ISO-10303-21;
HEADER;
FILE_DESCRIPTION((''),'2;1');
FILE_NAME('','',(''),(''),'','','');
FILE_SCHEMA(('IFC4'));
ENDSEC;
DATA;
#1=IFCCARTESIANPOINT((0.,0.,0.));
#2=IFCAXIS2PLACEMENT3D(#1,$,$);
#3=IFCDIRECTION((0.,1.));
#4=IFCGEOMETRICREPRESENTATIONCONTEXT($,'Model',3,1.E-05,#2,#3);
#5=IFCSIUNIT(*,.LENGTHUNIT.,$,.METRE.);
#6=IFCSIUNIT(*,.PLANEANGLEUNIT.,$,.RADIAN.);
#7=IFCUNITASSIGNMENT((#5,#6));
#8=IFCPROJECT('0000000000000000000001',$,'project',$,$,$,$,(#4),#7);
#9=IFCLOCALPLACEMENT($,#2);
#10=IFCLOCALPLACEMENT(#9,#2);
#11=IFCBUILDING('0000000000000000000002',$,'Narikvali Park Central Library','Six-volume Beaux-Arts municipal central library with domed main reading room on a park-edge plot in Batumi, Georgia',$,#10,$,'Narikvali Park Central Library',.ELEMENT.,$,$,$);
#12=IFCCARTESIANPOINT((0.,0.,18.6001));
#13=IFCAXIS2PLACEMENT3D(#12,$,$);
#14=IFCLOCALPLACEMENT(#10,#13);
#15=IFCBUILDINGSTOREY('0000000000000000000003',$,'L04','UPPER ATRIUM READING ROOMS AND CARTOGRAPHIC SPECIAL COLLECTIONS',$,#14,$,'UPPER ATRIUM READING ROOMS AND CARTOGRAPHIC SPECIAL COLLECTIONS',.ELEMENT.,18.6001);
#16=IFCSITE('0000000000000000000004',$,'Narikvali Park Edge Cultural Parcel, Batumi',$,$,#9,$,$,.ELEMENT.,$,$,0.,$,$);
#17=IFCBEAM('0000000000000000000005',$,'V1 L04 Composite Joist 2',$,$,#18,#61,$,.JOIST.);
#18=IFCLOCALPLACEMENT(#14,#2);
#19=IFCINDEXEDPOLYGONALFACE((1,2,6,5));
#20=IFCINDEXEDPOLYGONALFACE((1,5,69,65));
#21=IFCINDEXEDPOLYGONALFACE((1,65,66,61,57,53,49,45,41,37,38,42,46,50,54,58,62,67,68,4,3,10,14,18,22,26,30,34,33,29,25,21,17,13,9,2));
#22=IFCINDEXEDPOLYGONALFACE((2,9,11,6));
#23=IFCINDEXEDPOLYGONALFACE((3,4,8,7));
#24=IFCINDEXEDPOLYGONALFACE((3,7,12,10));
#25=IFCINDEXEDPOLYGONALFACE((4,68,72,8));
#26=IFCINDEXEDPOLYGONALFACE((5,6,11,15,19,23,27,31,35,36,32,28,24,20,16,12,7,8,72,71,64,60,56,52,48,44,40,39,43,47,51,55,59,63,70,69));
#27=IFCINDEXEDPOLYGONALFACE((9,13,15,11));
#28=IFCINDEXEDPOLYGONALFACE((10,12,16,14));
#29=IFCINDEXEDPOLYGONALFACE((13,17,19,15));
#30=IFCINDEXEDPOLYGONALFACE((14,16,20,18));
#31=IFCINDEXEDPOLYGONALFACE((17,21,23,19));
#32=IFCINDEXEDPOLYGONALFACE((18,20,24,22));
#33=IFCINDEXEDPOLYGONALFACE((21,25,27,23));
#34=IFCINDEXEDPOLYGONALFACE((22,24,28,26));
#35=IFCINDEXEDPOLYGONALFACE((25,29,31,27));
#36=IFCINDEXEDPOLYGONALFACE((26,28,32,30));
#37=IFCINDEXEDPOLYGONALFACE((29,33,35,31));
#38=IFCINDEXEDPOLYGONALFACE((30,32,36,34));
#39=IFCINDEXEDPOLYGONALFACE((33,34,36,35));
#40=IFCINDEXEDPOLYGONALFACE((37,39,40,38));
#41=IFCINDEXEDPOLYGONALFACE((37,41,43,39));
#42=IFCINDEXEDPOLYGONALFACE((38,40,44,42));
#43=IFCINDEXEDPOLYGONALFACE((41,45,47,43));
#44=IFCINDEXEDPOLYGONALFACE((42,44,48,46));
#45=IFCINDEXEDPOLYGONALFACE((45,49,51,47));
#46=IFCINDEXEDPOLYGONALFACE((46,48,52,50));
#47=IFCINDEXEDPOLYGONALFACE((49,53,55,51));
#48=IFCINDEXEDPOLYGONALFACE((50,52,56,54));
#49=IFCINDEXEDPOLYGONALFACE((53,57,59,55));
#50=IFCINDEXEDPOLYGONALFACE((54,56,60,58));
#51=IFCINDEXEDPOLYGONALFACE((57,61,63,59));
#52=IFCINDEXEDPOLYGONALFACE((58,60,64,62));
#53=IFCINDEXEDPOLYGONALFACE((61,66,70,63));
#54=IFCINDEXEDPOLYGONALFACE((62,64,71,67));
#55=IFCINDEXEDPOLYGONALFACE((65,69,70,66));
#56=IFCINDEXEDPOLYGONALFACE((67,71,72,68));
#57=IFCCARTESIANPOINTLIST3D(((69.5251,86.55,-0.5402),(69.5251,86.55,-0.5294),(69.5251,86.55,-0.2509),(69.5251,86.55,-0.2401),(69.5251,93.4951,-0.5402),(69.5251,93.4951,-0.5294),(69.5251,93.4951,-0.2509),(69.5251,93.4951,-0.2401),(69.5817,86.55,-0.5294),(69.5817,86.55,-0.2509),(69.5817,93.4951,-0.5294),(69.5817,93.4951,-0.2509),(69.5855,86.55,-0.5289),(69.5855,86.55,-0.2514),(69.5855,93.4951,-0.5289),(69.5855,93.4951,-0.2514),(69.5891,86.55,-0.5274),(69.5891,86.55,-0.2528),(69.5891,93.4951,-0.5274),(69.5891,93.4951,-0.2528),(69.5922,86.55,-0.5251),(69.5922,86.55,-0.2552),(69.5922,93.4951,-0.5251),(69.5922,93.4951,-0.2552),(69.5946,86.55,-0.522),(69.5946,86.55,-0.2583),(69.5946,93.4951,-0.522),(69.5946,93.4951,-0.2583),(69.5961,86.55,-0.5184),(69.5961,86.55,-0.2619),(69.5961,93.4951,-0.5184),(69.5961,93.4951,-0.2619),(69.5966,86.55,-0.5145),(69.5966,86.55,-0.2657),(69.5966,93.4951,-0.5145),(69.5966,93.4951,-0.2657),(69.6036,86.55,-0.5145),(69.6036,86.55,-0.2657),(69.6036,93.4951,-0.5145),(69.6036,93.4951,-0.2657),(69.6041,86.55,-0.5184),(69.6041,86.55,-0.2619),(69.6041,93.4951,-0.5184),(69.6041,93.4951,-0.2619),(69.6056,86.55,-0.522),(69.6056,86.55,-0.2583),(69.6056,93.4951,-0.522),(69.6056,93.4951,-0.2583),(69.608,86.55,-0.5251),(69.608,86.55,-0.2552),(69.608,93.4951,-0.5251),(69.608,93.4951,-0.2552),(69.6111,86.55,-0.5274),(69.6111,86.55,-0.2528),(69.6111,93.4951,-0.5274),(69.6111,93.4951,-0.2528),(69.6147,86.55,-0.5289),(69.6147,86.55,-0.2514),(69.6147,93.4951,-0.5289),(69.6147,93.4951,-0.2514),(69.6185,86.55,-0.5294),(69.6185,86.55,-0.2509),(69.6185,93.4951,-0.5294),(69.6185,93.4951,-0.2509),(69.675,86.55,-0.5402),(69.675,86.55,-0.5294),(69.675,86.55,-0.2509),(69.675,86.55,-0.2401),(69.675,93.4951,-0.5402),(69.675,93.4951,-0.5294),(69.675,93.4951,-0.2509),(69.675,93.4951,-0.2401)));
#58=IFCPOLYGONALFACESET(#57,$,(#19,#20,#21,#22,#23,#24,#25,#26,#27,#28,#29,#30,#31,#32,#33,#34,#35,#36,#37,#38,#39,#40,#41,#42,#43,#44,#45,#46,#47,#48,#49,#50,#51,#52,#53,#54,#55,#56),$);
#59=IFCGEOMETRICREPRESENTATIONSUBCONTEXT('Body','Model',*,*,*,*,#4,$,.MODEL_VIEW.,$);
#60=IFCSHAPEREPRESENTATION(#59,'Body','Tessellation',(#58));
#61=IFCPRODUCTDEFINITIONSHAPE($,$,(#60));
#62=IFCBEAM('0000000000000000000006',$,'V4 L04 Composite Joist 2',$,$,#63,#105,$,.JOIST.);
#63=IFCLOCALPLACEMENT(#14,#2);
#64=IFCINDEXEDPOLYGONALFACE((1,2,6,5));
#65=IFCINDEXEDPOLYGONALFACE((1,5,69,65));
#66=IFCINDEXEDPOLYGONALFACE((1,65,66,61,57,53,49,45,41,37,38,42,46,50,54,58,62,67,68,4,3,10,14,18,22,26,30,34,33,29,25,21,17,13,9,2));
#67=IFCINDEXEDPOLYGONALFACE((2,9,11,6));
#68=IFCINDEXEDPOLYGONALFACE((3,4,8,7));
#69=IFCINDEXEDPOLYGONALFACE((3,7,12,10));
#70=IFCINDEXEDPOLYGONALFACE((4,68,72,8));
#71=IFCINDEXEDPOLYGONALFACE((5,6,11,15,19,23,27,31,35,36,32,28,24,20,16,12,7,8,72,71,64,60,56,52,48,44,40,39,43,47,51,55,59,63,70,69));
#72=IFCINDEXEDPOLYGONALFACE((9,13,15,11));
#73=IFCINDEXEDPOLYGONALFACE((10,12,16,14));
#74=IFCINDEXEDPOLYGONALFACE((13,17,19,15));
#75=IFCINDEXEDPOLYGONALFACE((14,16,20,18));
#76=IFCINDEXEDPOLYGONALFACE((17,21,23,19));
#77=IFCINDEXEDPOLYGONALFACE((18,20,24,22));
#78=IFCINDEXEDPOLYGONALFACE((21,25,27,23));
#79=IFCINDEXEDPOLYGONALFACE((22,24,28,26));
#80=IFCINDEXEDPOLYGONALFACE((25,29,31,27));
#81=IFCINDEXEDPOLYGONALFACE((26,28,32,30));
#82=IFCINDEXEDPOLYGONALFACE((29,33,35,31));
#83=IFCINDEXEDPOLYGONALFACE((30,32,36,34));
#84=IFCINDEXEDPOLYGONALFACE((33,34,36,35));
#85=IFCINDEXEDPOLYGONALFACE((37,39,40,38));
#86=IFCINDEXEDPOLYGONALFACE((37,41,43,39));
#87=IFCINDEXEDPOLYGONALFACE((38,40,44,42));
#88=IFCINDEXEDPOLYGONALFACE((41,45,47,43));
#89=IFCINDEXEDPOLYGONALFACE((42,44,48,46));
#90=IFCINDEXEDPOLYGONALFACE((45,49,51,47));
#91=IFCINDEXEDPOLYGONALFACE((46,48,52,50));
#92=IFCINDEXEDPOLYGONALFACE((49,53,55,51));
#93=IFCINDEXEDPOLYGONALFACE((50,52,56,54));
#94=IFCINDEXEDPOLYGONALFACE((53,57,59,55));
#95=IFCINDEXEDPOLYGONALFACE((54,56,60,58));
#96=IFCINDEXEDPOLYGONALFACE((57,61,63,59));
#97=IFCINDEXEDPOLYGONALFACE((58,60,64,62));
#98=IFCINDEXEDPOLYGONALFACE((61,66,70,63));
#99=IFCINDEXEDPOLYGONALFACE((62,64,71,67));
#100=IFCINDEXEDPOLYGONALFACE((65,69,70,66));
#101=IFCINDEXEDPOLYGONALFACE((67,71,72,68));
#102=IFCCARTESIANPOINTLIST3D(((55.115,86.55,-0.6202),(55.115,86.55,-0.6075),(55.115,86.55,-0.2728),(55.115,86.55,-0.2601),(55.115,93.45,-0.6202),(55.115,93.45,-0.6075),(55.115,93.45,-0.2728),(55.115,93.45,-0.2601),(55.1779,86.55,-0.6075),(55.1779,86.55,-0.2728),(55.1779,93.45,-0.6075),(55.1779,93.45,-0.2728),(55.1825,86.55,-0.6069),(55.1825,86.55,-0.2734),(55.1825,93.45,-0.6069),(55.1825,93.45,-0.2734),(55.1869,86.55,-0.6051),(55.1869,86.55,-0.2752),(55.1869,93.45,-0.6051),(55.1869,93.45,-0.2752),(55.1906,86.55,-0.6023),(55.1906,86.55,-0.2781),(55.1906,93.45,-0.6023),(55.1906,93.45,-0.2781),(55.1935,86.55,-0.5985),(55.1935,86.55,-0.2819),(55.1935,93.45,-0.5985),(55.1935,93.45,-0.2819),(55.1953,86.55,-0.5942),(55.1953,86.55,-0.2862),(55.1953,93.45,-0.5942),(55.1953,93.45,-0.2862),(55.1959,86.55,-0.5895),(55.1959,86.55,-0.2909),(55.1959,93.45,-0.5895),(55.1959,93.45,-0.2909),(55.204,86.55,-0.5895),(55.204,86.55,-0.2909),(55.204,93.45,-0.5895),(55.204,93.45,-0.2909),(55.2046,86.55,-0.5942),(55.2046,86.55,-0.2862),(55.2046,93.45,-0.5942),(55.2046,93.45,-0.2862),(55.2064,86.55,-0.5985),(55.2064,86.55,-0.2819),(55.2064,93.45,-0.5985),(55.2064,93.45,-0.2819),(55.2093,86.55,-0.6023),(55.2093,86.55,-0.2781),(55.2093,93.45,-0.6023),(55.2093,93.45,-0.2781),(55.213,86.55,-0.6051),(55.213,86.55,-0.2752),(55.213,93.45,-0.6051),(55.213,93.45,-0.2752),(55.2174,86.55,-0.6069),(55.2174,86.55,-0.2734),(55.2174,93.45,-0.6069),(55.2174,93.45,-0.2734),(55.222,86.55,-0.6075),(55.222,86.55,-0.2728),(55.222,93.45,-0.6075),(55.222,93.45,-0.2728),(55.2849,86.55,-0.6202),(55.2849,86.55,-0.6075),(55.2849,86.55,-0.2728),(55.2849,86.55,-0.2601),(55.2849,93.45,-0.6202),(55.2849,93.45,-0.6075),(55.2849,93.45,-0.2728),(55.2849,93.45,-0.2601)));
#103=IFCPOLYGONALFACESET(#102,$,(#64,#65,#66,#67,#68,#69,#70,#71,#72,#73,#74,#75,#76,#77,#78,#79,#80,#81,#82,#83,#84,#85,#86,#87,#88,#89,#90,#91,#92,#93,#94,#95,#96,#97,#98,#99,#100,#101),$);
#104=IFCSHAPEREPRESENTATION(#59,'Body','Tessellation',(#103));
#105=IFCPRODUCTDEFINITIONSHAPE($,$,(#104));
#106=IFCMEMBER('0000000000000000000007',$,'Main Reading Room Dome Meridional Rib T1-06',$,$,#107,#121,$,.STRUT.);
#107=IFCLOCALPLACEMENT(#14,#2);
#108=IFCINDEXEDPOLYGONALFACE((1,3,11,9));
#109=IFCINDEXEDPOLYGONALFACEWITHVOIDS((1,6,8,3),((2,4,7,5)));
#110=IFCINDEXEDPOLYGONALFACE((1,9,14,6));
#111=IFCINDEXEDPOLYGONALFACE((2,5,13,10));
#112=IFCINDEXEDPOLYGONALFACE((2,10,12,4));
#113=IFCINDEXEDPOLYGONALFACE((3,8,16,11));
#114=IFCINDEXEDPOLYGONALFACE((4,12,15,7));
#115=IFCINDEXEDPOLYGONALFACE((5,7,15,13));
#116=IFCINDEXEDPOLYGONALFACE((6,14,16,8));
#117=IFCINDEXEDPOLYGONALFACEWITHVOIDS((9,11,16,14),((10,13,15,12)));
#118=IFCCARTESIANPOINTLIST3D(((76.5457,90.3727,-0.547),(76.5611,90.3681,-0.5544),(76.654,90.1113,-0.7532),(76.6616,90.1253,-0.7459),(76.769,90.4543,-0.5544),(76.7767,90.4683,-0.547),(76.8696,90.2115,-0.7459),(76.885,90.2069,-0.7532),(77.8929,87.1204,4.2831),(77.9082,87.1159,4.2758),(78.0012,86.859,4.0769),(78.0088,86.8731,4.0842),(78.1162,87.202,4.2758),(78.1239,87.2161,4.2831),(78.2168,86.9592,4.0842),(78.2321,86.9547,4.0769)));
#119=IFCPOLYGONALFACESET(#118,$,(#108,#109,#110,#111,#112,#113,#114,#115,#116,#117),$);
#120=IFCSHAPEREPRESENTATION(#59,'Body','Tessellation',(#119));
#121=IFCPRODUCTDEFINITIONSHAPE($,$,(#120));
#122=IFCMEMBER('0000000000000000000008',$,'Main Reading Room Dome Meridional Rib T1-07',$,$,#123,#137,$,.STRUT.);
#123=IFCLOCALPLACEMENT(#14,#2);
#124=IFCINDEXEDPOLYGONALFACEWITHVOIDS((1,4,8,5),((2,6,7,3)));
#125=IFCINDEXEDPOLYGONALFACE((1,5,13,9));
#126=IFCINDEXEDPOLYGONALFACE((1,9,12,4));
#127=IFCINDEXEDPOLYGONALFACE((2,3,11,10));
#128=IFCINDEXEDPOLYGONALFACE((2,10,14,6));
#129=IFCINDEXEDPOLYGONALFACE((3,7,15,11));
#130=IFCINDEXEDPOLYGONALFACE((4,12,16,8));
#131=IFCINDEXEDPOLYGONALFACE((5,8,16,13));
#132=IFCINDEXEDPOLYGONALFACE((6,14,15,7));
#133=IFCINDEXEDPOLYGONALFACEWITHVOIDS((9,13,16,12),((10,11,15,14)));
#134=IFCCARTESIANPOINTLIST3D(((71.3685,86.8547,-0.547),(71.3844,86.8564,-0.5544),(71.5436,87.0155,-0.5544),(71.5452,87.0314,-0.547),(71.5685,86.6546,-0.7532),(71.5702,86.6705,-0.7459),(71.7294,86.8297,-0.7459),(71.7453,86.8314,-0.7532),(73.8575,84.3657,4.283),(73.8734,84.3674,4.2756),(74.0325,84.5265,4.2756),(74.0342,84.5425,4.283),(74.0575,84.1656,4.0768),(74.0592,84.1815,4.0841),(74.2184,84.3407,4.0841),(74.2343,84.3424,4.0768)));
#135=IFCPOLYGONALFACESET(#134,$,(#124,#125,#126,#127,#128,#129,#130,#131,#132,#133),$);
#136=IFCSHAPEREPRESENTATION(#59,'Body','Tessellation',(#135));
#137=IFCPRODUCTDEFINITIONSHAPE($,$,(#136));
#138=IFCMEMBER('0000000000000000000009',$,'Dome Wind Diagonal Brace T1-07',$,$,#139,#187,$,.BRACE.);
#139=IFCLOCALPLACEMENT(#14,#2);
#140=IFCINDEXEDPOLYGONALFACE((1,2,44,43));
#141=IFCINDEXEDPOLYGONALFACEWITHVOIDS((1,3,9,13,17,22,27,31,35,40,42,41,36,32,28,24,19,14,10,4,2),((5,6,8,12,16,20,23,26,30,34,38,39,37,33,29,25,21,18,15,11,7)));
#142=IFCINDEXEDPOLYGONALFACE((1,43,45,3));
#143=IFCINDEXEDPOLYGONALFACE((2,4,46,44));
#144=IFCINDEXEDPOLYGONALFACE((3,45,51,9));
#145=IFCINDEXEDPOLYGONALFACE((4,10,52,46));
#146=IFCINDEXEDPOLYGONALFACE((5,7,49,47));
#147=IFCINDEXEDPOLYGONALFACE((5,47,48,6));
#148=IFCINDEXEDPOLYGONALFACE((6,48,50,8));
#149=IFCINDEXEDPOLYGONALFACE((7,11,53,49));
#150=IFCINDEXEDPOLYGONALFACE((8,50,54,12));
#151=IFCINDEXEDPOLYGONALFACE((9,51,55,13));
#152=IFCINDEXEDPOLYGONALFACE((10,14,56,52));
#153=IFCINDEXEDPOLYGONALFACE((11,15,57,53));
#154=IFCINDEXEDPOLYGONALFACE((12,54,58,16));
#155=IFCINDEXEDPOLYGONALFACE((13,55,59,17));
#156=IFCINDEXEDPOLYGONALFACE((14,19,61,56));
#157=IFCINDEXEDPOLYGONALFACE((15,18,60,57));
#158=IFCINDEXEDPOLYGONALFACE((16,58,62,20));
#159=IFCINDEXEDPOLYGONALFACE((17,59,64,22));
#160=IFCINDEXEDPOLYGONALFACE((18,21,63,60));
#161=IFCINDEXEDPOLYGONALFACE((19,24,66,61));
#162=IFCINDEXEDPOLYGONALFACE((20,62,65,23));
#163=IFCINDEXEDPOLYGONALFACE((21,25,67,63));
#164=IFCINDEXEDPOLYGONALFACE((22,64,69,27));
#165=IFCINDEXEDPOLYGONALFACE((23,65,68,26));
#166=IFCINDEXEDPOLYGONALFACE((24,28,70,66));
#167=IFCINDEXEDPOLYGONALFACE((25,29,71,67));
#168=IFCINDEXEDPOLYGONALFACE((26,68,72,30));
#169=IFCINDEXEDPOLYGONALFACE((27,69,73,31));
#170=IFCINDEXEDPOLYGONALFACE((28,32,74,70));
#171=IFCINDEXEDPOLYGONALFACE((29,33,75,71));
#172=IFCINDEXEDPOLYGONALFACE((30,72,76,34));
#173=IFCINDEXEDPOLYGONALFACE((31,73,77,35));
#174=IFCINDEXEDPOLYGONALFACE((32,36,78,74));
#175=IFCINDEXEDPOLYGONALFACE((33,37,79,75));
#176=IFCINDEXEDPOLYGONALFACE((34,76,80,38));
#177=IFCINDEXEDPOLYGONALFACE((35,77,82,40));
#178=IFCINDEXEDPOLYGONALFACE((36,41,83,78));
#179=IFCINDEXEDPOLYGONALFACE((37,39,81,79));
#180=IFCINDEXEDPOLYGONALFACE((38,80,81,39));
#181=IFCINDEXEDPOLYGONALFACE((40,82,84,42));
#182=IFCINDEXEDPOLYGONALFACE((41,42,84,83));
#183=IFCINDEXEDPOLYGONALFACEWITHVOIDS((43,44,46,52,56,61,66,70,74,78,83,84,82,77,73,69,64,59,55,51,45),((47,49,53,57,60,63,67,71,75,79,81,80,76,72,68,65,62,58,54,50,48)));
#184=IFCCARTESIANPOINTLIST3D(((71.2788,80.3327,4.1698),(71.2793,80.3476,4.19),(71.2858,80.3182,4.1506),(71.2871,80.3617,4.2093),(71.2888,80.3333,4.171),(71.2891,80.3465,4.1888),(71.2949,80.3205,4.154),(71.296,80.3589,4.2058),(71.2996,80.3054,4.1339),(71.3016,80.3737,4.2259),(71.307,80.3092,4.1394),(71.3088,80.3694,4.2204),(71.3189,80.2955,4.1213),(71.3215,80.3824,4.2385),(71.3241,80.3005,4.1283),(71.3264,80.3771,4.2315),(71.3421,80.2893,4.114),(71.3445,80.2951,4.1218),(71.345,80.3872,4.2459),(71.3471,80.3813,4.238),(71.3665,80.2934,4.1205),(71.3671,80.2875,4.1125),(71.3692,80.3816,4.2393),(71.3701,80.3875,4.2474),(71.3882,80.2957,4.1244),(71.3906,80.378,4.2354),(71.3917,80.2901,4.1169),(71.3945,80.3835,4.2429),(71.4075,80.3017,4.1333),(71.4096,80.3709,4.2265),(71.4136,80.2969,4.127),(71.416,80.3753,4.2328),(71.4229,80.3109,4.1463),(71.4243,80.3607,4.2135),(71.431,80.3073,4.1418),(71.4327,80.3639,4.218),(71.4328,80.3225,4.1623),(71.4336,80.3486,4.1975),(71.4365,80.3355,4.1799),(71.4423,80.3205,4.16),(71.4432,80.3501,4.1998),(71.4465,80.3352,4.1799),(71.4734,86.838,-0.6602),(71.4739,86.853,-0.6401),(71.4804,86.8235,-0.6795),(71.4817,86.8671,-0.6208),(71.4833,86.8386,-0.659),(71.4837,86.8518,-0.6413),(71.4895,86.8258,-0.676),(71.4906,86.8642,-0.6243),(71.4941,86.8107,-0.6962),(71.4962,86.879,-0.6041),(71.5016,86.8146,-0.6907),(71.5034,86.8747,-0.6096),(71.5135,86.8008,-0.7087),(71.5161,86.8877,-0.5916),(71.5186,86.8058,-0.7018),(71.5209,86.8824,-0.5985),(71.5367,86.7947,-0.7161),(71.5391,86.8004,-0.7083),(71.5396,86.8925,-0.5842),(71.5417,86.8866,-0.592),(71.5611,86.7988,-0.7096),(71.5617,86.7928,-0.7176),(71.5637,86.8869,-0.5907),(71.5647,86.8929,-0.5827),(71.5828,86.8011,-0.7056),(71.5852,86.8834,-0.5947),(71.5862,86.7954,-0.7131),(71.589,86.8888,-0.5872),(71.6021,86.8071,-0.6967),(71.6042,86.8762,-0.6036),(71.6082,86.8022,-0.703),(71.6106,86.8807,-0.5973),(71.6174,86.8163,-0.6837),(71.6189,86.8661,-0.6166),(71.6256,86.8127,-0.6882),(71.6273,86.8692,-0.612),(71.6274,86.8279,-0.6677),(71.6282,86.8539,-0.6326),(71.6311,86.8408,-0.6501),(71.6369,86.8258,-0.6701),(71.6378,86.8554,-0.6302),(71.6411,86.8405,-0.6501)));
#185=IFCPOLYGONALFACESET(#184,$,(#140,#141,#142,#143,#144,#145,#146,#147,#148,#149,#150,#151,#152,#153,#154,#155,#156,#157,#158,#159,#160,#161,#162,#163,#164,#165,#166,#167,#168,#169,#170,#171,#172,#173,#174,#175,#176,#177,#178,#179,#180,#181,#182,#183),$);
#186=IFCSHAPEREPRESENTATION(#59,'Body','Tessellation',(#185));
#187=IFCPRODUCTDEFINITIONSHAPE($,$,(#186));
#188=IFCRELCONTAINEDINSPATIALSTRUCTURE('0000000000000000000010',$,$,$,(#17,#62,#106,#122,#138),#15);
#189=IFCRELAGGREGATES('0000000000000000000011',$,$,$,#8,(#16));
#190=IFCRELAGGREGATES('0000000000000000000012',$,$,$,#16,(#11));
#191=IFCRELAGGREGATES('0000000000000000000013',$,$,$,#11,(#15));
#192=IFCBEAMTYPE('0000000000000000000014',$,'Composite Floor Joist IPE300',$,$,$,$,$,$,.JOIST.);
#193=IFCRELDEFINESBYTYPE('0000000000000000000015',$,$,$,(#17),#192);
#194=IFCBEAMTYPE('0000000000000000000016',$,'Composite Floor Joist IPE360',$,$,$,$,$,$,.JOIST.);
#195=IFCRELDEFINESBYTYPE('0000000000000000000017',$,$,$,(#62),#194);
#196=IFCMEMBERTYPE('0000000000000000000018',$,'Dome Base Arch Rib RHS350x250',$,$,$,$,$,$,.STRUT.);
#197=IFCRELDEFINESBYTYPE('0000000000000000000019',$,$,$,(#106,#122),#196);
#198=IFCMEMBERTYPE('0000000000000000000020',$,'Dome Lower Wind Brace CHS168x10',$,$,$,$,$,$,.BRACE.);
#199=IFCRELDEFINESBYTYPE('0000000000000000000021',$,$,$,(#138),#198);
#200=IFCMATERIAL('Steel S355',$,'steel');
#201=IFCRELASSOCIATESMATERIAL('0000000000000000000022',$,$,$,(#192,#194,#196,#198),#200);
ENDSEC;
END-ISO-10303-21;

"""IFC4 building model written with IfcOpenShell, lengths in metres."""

from ifc_helpers import new_model, si_unit, direction, frame, origin, origin_2d, place, context, subcontext, project, spatial, hollow_rectangle, hollow_circle, i_section, extrude, material, material_profile, profile_set, type_object, element, save


model = new_model("IFC4")

# Units and contexts
model_context = context("Model", 3, precision=1e-05, world=origin(), true_north=direction((0.0, 1.0)))
body_context = subcontext(model_context, "Body", "Model", "MODEL_VIEW")
ifc_project = project(units=[si_unit("LENGTHUNIT", "METRE"), si_unit("PLANEANGLEUNIT", "RADIAN")], contexts=[model_context])

# Site, building, storey
site_placement = place(None, origin())
site = spatial("IfcSite", under=ifc_project, at=site_placement, Name="Narikvali Park Edge Cultural Parcel, Batumi", CompositionType="ELEMENT", RefElevation=0.0)
building_placement = place(site_placement, origin())
building = spatial("IfcBuilding", under=site, at=building_placement, Name="Narikvali Park Central Library", Description="Six-volume Beaux-Arts municipal central library with domed main reading room on a park-edge plot in Batumi, Georgia", LongName="Narikvali Park Central Library", CompositionType="ELEMENT")
storey_placement = place(building_placement, frame((0.0, 0.0, 18.6001)))
storey = spatial("IfcBuildingStorey", under=building, at=storey_placement, Name="L04", Description="UPPER ATRIUM READING ROOMS AND CARTOGRAPHIC SPECIAL COLLECTIONS", LongName="UPPER ATRIUM READING ROOMS AND CARTOGRAPHIC SPECIAL COLLECTIONS", CompositionType="ELEMENT", Elevation=18.6001)

# Shared definitions
ifc_material_1 = material(Name="Steel S355", Category="steel")

# Beams
ifc_material_profile_1 = material_profile(ifc_material_1, i_section(OverallWidth=0.1499, OverallDepth=0.3, WebThickness=0.0071, FlangeThickness=0.0107, FilletRadius=0.0149, at=origin_2d()), Name="IPE 300")
ifc_profile_set_1 = profile_set([ifc_material_profile_1], Name="Steel S355")
beam_type_1 = type_object("IfcBeamType", Name="Composite Floor Joist IPE300", PredefinedType="JOIST", material=ifc_profile_set_1)
for number, where, z_axis, x_axis, name in (
    (1, (69.6001, 86.55, -0.3901), (0.0, 1.0, 0.0), (-1.0, 0.0, 0.0), "V1 L04 Composite Joist 2"),
):
    element("IfcBeam", number, at=place(storey_placement, frame(where, z_axis=z_axis, x_axis=x_axis)), inside=storey, type_object=beam_type_1, Name=name, PredefinedType="JOIST", context=body_context, shape_type="SweptSolid", body=[
        extrude(i_section(OverallWidth=0.1499, OverallDepth=0.3, WebThickness=0.0071, FlangeThickness=0.0107, FilletRadius=0.0149, at=origin_2d()), origin(), (0.0, 0.0, 1.0), 6.9451),
    ])
ifc_material_profile_2 = material_profile(ifc_material_1, i_section(OverallWidth=0.1699, OverallDepth=0.3601, WebThickness=0.0081, FlangeThickness=0.0127, FilletRadius=0.0181, at=origin_2d()), Name="IPE 360")
ifc_profile_set_2 = profile_set([ifc_material_profile_2], Name="Steel S355")
beam_type_2 = type_object("IfcBeamType", Name="Composite Floor Joist IPE360", PredefinedType="JOIST", material=ifc_profile_set_2)
beam_1_placement = place(storey_placement, frame((55.2, 86.55, -0.4402), z_axis=(0.0, 1.0, 0.0), x_axis=(-1.0, 0.0, 0.0)))
element("IfcBeam", 2, at=beam_1_placement, inside=storey, type_object=beam_type_2, Name="V4 L04 Composite Joist 2", PredefinedType="JOIST", context=body_context, shape_type="SweptSolid", body=[
    extrude(i_section(OverallWidth=0.1699, OverallDepth=0.3601, WebThickness=0.0081, FlangeThickness=0.0127, FilletRadius=0.0181, at=origin_2d()), origin(), (0.0, 0.0, 1.0), 6.8999),
])

# Members
ifc_material_profile_3 = material_profile(ifc_material_1, hollow_rectangle(XDim=0.25, YDim=0.3501, WallThickness=0.0125, at=origin_2d()), Name="RHS 350x250x12.5")
ifc_profile_set_3 = profile_set([ifc_material_profile_3], Name="Steel S355")
member_type_1 = type_object("IfcMemberType", Name="Dome Base Arch Rib RHS350x250", PredefinedType="STRUT", material=ifc_profile_set_3)
member_1_placement = place(storey_placement, frame((76.7153, 90.2898, -0.6501), z_axis=(0.225402, -0.544143, 0.808147), x_axis=(0.923873, 0.382699, 0.0)))
element("IfcMember", 3, at=member_1_placement, inside=storey, type_object=member_type_1, Name="Main Reading Room Dome Meridional Rib T1-06", PredefinedType="STRUT", context=body_context, shape_type="SweptSolid", body=[
    extrude(hollow_rectangle(XDim=0.25, YDim=0.3501, WallThickness=0.0125, at=origin_2d()), origin(), (0.0, 0.0, 1.0), 5.9768),
])
member_2_placement = place(storey_placement, frame((71.5569, 86.843, -0.6501), z_axis=(0.416458, -0.416458, 0.808162), x_axis=(0.707107, 0.707107, 0.0)))
element("IfcMember", 4, at=member_2_placement, inside=storey, type_object=member_type_1, Name="Main Reading Room Dome Meridional Rib T1-07", PredefinedType="STRUT", context=body_context, shape_type="SweptSolid", body=[
    extrude(hollow_rectangle(XDim=0.25, YDim=0.3501, WallThickness=0.0125, at=origin_2d()), origin(), (0.0, 0.0, 1.0), 5.9766),
])
ifc_material_profile_4 = material_profile(ifc_material_1, hollow_circle(Radius=0.0842, WallThickness=0.01, at=origin_2d()), Name="CHS 168.3x10")
ifc_profile_set_4 = profile_set([ifc_material_profile_4], Name="Steel S355")
member_type_2 = type_object("IfcMemberType", Name="Dome Lower Wind Brace CHS168x10", PredefinedType="BRACE", material=ifc_profile_set_4)
member_3_placement = place(storey_placement, frame((71.5569, 86.843, -0.6501), z_axis=(-0.024008, -0.802659, 0.595955), x_axis=(0.999553, -0.029897, 0.0)))
element("IfcMember", 5, at=member_3_placement, inside=storey, type_object=member_type_2, Name="Dome Wind Diagonal Brace T1-07", PredefinedType="BRACE", context=body_context, shape_type="SweptSolid", body=[
    extrude(hollow_circle(Radius=0.0842, WallThickness=0.01, at=origin_2d()), origin(), (0.0, 0.0, 1.0), 8.1047),
])

save(model, "model.ifc")
